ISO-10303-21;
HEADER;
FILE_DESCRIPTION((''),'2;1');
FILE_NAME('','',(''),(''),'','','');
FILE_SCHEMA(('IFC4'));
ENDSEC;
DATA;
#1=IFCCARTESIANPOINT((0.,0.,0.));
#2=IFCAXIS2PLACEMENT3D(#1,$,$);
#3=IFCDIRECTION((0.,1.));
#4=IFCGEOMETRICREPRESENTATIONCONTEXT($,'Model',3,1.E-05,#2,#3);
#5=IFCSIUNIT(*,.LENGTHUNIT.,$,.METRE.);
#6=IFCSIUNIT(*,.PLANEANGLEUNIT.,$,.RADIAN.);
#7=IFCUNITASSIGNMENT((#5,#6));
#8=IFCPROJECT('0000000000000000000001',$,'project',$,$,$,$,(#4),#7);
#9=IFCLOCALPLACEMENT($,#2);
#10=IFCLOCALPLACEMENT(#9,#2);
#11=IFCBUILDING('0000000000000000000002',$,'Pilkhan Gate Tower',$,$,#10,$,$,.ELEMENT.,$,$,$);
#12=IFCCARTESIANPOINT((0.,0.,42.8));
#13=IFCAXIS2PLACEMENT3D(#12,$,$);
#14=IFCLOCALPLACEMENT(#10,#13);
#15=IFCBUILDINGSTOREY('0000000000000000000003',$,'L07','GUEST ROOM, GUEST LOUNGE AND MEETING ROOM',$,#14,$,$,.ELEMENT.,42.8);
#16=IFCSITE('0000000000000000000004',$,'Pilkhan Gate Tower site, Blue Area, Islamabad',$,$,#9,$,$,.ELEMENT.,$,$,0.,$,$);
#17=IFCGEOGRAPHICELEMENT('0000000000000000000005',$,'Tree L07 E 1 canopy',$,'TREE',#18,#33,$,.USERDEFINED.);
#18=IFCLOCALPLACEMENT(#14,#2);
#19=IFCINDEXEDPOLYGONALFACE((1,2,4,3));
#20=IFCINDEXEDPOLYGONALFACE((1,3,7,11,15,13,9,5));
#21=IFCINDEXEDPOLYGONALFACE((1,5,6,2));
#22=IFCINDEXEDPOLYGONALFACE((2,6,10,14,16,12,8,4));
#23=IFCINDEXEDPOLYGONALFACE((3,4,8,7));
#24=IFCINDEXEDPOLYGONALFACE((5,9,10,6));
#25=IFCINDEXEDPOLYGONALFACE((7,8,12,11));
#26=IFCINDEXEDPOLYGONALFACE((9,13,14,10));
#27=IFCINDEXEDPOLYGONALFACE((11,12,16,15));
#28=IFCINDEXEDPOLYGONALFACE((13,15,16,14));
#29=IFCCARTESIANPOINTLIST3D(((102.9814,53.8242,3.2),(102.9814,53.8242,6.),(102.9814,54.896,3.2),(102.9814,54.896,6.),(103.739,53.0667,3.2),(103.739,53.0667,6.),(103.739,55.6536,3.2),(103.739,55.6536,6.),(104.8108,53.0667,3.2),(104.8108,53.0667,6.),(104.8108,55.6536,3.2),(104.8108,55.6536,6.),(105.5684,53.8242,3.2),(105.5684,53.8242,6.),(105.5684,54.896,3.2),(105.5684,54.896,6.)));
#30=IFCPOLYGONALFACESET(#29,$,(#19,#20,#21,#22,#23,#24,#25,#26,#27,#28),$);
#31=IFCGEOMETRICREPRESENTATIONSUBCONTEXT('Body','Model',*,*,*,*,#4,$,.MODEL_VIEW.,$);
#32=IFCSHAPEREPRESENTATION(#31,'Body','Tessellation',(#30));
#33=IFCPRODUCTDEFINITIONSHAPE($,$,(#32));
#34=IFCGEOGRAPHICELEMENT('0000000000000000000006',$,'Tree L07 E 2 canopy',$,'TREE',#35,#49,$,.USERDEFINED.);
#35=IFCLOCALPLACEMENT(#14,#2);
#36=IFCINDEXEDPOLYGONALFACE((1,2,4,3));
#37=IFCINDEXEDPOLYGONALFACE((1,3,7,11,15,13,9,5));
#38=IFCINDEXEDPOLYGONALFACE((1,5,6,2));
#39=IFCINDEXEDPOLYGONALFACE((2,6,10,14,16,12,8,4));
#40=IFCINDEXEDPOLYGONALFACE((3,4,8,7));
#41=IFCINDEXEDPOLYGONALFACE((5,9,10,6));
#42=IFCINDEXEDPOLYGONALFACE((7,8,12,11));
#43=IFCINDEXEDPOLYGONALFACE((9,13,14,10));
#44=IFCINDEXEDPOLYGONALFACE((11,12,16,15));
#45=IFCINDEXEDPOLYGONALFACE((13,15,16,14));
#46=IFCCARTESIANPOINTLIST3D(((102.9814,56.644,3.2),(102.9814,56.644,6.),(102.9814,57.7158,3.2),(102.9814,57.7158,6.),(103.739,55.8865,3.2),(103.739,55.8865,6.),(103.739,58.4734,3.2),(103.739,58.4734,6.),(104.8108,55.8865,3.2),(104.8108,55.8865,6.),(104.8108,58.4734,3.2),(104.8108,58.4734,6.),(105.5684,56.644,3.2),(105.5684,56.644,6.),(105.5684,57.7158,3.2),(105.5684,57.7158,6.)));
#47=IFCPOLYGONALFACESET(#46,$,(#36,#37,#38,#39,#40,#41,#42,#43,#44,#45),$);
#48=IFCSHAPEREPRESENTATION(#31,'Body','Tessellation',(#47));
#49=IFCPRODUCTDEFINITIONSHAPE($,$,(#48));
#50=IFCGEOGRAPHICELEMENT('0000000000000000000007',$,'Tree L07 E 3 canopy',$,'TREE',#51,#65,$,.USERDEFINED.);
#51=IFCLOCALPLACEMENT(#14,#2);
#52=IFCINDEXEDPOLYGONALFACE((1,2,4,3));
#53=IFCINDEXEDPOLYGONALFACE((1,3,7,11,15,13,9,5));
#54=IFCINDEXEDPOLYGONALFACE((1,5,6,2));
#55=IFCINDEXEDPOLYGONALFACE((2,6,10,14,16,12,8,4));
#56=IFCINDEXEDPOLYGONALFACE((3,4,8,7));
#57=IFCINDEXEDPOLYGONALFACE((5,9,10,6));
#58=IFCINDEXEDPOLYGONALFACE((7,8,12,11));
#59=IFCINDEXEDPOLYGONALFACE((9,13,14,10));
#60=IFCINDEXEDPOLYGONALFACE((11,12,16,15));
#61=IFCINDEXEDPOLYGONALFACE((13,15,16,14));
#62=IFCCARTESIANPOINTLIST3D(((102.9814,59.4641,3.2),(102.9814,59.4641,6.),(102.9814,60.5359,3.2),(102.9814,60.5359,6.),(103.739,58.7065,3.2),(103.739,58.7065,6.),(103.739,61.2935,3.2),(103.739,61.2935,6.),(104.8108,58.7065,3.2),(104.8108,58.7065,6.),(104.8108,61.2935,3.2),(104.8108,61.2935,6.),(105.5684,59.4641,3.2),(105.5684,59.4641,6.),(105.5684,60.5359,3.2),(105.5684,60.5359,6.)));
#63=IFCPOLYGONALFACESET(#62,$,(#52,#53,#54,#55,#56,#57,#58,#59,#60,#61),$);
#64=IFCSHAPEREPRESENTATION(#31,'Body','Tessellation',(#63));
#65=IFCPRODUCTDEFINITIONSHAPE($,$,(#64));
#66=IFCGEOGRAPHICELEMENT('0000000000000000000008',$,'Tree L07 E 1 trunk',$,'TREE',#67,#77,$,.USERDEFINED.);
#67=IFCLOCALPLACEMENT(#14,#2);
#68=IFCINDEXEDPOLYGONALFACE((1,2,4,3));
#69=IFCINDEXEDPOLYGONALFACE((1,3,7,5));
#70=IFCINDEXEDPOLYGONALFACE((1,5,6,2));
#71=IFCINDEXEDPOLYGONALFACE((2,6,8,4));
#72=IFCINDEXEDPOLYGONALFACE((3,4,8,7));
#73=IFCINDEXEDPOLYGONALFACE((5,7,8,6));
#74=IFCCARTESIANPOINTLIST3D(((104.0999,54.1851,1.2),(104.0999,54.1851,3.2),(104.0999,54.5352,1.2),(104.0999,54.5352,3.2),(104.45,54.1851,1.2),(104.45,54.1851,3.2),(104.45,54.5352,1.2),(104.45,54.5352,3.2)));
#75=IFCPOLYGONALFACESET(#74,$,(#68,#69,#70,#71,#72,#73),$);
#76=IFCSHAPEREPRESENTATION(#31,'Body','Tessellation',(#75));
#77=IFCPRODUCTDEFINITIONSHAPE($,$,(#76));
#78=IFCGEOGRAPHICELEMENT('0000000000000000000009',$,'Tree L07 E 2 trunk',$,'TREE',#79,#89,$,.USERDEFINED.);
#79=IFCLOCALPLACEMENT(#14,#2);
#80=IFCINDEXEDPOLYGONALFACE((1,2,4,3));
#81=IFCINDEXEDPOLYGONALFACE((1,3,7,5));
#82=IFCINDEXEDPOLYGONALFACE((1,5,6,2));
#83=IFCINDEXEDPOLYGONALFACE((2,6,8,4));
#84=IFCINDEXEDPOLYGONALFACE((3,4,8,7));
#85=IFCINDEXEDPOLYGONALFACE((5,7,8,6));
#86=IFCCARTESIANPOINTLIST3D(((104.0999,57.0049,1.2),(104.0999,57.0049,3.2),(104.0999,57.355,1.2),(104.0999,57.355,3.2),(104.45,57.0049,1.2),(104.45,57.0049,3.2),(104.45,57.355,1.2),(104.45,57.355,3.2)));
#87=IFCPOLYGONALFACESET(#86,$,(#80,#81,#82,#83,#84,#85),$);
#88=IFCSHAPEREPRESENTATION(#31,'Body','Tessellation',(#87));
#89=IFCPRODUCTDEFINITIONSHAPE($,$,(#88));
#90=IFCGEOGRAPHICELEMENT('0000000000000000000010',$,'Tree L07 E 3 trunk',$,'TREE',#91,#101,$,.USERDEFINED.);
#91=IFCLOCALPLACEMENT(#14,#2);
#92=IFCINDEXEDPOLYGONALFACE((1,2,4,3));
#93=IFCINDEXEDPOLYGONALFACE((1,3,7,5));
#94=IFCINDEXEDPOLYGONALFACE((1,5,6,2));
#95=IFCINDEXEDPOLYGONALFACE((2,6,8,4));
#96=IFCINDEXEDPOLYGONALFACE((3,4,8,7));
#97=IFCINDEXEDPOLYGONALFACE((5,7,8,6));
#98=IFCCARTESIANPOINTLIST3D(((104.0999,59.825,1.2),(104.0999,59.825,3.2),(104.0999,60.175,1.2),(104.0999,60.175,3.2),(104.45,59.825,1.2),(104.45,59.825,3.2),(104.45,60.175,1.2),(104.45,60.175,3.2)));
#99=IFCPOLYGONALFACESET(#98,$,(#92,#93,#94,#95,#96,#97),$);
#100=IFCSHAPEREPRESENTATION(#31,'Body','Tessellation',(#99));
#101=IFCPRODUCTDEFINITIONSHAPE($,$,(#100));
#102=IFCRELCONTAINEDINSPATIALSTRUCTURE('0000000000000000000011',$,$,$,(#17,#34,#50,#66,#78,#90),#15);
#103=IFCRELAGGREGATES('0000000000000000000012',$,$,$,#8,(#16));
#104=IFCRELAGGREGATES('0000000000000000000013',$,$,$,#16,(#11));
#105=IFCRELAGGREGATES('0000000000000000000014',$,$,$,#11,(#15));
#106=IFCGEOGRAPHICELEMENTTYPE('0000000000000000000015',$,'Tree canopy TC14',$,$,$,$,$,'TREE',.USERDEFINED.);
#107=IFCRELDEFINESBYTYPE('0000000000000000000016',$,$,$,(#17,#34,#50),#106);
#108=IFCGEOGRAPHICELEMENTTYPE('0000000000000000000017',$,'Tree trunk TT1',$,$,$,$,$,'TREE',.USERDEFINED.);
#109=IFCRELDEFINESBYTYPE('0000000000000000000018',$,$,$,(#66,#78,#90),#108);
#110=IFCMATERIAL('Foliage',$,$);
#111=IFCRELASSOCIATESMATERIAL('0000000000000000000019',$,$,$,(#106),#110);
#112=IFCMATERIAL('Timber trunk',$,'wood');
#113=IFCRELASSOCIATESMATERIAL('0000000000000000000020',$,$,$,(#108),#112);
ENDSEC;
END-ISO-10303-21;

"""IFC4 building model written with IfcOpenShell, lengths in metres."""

from ifc_helpers import new_model, si_unit, direction, frame, origin, origin_2d, place, context, subcontext, project, spatial, polyline, rectangle, outline, extrude, material, material_profile, profile_set, type_object, element, save


model = new_model("IFC4")

# Units and contexts
model_context = context("Model", 3, precision=1e-05, world=origin(), true_north=direction((0.0, 1.0)))
body_context = subcontext(model_context, "Body", "Model", "MODEL_VIEW")
ifc_project = project(units=[si_unit("LENGTHUNIT", "METRE"), si_unit("PLANEANGLEUNIT", "RADIAN")], contexts=[model_context])

# Site, building, storey
site_placement = place(None, origin())
site = spatial("IfcSite", under=ifc_project, at=site_placement, Name="Pilkhan Gate Tower site, Blue Area, Islamabad", CompositionType="ELEMENT", RefElevation=0.0)
building_placement = place(site_placement, origin())
building = spatial("IfcBuilding", under=site, at=building_placement, Name="Pilkhan Gate Tower", CompositionType="ELEMENT")
storey_placement = place(building_placement, frame((0.0, 0.0, 42.8)))
storey = spatial("IfcBuildingStorey", under=building, at=storey_placement, Name="L07", Description="GUEST ROOM, GUEST LOUNGE AND MEETING ROOM", CompositionType="ELEMENT", Elevation=42.8)

# Geographic elements
ifc_material_1 = material(Name="Foliage")
ifc_material_profile_1 = material_profile(ifc_material_1, outline(polyline([(1.2935, 0.5359), (0.5359, 1.2935), (-0.5359, 1.2935), (-1.2935, 0.5359), (-1.2935, -0.5359), (-0.5359, -1.2935), (0.5359, -1.2935), (1.2935, -0.5359), (1.2935, 0.5359)])), Name="Canopy D2.8")
ifc_profile_set_1 = profile_set([ifc_material_profile_1], Name="Foliage")
geographic_element_type_1 = type_object("IfcGeographicElementType", Name="Tree canopy TC14", ElementType="TREE", PredefinedType="USERDEFINED", material=ifc_profile_set_1)
for number, where, z_axis, x_axis, name in (
    (1, (104.2749, 54.3601, 3.2), (0.0, 0.0, 1.0), (1.0, 0.0, 0.0), "Tree L07 E 1 canopy"),
    (2, (104.2749, 57.1799, 3.2), (0.0, 0.0, 1.0), (1.0, 0.0, 0.0), "Tree L07 E 2 canopy"),
    (3, (104.2749, 60.0, 3.2), (0.0, 0.0, 1.0), (1.0, 0.0, 0.0), "Tree L07 E 3 canopy"),
):
    element("IfcGeographicElement", number, at=place(storey_placement, frame(where, z_axis=z_axis, x_axis=x_axis)), inside=storey, type_object=geographic_element_type_1, Name=name, ObjectType="TREE", PredefinedType="USERDEFINED", context=body_context, shape_type="SweptSolid", body=[
        extrude(outline(polyline([(1.2935, 0.5359), (0.5359, 1.2935), (-0.5359, 1.2935), (-1.2935, 0.5359), (-1.2935, -0.5359), (-0.5359, -1.2935), (0.5359, -1.2935), (1.2935, -0.5359), (1.2935, 0.5359)])), origin(), (0.0, 0.0, 1.0), 2.8),
    ])
ifc_material_2 = material(Name="Timber trunk", Category="wood")
geographic_element_type_2 = type_object("IfcGeographicElementType", Name="Tree trunk TT1", ElementType="TREE", PredefinedType="USERDEFINED", material=ifc_material_2)
for number, where, z_axis, x_axis, name in (
    (4, (104.2749, 54.3601, 1.2), (0.0, 0.0, 1.0), (1.0, 0.0, 0.0), "Tree L07 E 1 trunk"),
    (5, (104.2749, 57.1799, 1.2), (0.0, 0.0, 1.0), (1.0, 0.0, 0.0), "Tree L07 E 2 trunk"),
    (6, (104.2749, 60.0, 1.2), (0.0, 0.0, 1.0), (1.0, 0.0, 0.0), "Tree L07 E 3 trunk"),
):
    element("IfcGeographicElement", number, at=place(storey_placement, frame(where, z_axis=z_axis, x_axis=x_axis)), inside=storey, type_object=geographic_element_type_2, Name=name, ObjectType="TREE", PredefinedType="USERDEFINED", context=body_context, shape_type="SweptSolid", body=[
        extrude(rectangle(XDim=0.3501, YDim=0.3501, at=origin_2d()), origin(), (0.0, 0.0, 1.0), 2.0),
    ])

save(model, "model.ifc")
